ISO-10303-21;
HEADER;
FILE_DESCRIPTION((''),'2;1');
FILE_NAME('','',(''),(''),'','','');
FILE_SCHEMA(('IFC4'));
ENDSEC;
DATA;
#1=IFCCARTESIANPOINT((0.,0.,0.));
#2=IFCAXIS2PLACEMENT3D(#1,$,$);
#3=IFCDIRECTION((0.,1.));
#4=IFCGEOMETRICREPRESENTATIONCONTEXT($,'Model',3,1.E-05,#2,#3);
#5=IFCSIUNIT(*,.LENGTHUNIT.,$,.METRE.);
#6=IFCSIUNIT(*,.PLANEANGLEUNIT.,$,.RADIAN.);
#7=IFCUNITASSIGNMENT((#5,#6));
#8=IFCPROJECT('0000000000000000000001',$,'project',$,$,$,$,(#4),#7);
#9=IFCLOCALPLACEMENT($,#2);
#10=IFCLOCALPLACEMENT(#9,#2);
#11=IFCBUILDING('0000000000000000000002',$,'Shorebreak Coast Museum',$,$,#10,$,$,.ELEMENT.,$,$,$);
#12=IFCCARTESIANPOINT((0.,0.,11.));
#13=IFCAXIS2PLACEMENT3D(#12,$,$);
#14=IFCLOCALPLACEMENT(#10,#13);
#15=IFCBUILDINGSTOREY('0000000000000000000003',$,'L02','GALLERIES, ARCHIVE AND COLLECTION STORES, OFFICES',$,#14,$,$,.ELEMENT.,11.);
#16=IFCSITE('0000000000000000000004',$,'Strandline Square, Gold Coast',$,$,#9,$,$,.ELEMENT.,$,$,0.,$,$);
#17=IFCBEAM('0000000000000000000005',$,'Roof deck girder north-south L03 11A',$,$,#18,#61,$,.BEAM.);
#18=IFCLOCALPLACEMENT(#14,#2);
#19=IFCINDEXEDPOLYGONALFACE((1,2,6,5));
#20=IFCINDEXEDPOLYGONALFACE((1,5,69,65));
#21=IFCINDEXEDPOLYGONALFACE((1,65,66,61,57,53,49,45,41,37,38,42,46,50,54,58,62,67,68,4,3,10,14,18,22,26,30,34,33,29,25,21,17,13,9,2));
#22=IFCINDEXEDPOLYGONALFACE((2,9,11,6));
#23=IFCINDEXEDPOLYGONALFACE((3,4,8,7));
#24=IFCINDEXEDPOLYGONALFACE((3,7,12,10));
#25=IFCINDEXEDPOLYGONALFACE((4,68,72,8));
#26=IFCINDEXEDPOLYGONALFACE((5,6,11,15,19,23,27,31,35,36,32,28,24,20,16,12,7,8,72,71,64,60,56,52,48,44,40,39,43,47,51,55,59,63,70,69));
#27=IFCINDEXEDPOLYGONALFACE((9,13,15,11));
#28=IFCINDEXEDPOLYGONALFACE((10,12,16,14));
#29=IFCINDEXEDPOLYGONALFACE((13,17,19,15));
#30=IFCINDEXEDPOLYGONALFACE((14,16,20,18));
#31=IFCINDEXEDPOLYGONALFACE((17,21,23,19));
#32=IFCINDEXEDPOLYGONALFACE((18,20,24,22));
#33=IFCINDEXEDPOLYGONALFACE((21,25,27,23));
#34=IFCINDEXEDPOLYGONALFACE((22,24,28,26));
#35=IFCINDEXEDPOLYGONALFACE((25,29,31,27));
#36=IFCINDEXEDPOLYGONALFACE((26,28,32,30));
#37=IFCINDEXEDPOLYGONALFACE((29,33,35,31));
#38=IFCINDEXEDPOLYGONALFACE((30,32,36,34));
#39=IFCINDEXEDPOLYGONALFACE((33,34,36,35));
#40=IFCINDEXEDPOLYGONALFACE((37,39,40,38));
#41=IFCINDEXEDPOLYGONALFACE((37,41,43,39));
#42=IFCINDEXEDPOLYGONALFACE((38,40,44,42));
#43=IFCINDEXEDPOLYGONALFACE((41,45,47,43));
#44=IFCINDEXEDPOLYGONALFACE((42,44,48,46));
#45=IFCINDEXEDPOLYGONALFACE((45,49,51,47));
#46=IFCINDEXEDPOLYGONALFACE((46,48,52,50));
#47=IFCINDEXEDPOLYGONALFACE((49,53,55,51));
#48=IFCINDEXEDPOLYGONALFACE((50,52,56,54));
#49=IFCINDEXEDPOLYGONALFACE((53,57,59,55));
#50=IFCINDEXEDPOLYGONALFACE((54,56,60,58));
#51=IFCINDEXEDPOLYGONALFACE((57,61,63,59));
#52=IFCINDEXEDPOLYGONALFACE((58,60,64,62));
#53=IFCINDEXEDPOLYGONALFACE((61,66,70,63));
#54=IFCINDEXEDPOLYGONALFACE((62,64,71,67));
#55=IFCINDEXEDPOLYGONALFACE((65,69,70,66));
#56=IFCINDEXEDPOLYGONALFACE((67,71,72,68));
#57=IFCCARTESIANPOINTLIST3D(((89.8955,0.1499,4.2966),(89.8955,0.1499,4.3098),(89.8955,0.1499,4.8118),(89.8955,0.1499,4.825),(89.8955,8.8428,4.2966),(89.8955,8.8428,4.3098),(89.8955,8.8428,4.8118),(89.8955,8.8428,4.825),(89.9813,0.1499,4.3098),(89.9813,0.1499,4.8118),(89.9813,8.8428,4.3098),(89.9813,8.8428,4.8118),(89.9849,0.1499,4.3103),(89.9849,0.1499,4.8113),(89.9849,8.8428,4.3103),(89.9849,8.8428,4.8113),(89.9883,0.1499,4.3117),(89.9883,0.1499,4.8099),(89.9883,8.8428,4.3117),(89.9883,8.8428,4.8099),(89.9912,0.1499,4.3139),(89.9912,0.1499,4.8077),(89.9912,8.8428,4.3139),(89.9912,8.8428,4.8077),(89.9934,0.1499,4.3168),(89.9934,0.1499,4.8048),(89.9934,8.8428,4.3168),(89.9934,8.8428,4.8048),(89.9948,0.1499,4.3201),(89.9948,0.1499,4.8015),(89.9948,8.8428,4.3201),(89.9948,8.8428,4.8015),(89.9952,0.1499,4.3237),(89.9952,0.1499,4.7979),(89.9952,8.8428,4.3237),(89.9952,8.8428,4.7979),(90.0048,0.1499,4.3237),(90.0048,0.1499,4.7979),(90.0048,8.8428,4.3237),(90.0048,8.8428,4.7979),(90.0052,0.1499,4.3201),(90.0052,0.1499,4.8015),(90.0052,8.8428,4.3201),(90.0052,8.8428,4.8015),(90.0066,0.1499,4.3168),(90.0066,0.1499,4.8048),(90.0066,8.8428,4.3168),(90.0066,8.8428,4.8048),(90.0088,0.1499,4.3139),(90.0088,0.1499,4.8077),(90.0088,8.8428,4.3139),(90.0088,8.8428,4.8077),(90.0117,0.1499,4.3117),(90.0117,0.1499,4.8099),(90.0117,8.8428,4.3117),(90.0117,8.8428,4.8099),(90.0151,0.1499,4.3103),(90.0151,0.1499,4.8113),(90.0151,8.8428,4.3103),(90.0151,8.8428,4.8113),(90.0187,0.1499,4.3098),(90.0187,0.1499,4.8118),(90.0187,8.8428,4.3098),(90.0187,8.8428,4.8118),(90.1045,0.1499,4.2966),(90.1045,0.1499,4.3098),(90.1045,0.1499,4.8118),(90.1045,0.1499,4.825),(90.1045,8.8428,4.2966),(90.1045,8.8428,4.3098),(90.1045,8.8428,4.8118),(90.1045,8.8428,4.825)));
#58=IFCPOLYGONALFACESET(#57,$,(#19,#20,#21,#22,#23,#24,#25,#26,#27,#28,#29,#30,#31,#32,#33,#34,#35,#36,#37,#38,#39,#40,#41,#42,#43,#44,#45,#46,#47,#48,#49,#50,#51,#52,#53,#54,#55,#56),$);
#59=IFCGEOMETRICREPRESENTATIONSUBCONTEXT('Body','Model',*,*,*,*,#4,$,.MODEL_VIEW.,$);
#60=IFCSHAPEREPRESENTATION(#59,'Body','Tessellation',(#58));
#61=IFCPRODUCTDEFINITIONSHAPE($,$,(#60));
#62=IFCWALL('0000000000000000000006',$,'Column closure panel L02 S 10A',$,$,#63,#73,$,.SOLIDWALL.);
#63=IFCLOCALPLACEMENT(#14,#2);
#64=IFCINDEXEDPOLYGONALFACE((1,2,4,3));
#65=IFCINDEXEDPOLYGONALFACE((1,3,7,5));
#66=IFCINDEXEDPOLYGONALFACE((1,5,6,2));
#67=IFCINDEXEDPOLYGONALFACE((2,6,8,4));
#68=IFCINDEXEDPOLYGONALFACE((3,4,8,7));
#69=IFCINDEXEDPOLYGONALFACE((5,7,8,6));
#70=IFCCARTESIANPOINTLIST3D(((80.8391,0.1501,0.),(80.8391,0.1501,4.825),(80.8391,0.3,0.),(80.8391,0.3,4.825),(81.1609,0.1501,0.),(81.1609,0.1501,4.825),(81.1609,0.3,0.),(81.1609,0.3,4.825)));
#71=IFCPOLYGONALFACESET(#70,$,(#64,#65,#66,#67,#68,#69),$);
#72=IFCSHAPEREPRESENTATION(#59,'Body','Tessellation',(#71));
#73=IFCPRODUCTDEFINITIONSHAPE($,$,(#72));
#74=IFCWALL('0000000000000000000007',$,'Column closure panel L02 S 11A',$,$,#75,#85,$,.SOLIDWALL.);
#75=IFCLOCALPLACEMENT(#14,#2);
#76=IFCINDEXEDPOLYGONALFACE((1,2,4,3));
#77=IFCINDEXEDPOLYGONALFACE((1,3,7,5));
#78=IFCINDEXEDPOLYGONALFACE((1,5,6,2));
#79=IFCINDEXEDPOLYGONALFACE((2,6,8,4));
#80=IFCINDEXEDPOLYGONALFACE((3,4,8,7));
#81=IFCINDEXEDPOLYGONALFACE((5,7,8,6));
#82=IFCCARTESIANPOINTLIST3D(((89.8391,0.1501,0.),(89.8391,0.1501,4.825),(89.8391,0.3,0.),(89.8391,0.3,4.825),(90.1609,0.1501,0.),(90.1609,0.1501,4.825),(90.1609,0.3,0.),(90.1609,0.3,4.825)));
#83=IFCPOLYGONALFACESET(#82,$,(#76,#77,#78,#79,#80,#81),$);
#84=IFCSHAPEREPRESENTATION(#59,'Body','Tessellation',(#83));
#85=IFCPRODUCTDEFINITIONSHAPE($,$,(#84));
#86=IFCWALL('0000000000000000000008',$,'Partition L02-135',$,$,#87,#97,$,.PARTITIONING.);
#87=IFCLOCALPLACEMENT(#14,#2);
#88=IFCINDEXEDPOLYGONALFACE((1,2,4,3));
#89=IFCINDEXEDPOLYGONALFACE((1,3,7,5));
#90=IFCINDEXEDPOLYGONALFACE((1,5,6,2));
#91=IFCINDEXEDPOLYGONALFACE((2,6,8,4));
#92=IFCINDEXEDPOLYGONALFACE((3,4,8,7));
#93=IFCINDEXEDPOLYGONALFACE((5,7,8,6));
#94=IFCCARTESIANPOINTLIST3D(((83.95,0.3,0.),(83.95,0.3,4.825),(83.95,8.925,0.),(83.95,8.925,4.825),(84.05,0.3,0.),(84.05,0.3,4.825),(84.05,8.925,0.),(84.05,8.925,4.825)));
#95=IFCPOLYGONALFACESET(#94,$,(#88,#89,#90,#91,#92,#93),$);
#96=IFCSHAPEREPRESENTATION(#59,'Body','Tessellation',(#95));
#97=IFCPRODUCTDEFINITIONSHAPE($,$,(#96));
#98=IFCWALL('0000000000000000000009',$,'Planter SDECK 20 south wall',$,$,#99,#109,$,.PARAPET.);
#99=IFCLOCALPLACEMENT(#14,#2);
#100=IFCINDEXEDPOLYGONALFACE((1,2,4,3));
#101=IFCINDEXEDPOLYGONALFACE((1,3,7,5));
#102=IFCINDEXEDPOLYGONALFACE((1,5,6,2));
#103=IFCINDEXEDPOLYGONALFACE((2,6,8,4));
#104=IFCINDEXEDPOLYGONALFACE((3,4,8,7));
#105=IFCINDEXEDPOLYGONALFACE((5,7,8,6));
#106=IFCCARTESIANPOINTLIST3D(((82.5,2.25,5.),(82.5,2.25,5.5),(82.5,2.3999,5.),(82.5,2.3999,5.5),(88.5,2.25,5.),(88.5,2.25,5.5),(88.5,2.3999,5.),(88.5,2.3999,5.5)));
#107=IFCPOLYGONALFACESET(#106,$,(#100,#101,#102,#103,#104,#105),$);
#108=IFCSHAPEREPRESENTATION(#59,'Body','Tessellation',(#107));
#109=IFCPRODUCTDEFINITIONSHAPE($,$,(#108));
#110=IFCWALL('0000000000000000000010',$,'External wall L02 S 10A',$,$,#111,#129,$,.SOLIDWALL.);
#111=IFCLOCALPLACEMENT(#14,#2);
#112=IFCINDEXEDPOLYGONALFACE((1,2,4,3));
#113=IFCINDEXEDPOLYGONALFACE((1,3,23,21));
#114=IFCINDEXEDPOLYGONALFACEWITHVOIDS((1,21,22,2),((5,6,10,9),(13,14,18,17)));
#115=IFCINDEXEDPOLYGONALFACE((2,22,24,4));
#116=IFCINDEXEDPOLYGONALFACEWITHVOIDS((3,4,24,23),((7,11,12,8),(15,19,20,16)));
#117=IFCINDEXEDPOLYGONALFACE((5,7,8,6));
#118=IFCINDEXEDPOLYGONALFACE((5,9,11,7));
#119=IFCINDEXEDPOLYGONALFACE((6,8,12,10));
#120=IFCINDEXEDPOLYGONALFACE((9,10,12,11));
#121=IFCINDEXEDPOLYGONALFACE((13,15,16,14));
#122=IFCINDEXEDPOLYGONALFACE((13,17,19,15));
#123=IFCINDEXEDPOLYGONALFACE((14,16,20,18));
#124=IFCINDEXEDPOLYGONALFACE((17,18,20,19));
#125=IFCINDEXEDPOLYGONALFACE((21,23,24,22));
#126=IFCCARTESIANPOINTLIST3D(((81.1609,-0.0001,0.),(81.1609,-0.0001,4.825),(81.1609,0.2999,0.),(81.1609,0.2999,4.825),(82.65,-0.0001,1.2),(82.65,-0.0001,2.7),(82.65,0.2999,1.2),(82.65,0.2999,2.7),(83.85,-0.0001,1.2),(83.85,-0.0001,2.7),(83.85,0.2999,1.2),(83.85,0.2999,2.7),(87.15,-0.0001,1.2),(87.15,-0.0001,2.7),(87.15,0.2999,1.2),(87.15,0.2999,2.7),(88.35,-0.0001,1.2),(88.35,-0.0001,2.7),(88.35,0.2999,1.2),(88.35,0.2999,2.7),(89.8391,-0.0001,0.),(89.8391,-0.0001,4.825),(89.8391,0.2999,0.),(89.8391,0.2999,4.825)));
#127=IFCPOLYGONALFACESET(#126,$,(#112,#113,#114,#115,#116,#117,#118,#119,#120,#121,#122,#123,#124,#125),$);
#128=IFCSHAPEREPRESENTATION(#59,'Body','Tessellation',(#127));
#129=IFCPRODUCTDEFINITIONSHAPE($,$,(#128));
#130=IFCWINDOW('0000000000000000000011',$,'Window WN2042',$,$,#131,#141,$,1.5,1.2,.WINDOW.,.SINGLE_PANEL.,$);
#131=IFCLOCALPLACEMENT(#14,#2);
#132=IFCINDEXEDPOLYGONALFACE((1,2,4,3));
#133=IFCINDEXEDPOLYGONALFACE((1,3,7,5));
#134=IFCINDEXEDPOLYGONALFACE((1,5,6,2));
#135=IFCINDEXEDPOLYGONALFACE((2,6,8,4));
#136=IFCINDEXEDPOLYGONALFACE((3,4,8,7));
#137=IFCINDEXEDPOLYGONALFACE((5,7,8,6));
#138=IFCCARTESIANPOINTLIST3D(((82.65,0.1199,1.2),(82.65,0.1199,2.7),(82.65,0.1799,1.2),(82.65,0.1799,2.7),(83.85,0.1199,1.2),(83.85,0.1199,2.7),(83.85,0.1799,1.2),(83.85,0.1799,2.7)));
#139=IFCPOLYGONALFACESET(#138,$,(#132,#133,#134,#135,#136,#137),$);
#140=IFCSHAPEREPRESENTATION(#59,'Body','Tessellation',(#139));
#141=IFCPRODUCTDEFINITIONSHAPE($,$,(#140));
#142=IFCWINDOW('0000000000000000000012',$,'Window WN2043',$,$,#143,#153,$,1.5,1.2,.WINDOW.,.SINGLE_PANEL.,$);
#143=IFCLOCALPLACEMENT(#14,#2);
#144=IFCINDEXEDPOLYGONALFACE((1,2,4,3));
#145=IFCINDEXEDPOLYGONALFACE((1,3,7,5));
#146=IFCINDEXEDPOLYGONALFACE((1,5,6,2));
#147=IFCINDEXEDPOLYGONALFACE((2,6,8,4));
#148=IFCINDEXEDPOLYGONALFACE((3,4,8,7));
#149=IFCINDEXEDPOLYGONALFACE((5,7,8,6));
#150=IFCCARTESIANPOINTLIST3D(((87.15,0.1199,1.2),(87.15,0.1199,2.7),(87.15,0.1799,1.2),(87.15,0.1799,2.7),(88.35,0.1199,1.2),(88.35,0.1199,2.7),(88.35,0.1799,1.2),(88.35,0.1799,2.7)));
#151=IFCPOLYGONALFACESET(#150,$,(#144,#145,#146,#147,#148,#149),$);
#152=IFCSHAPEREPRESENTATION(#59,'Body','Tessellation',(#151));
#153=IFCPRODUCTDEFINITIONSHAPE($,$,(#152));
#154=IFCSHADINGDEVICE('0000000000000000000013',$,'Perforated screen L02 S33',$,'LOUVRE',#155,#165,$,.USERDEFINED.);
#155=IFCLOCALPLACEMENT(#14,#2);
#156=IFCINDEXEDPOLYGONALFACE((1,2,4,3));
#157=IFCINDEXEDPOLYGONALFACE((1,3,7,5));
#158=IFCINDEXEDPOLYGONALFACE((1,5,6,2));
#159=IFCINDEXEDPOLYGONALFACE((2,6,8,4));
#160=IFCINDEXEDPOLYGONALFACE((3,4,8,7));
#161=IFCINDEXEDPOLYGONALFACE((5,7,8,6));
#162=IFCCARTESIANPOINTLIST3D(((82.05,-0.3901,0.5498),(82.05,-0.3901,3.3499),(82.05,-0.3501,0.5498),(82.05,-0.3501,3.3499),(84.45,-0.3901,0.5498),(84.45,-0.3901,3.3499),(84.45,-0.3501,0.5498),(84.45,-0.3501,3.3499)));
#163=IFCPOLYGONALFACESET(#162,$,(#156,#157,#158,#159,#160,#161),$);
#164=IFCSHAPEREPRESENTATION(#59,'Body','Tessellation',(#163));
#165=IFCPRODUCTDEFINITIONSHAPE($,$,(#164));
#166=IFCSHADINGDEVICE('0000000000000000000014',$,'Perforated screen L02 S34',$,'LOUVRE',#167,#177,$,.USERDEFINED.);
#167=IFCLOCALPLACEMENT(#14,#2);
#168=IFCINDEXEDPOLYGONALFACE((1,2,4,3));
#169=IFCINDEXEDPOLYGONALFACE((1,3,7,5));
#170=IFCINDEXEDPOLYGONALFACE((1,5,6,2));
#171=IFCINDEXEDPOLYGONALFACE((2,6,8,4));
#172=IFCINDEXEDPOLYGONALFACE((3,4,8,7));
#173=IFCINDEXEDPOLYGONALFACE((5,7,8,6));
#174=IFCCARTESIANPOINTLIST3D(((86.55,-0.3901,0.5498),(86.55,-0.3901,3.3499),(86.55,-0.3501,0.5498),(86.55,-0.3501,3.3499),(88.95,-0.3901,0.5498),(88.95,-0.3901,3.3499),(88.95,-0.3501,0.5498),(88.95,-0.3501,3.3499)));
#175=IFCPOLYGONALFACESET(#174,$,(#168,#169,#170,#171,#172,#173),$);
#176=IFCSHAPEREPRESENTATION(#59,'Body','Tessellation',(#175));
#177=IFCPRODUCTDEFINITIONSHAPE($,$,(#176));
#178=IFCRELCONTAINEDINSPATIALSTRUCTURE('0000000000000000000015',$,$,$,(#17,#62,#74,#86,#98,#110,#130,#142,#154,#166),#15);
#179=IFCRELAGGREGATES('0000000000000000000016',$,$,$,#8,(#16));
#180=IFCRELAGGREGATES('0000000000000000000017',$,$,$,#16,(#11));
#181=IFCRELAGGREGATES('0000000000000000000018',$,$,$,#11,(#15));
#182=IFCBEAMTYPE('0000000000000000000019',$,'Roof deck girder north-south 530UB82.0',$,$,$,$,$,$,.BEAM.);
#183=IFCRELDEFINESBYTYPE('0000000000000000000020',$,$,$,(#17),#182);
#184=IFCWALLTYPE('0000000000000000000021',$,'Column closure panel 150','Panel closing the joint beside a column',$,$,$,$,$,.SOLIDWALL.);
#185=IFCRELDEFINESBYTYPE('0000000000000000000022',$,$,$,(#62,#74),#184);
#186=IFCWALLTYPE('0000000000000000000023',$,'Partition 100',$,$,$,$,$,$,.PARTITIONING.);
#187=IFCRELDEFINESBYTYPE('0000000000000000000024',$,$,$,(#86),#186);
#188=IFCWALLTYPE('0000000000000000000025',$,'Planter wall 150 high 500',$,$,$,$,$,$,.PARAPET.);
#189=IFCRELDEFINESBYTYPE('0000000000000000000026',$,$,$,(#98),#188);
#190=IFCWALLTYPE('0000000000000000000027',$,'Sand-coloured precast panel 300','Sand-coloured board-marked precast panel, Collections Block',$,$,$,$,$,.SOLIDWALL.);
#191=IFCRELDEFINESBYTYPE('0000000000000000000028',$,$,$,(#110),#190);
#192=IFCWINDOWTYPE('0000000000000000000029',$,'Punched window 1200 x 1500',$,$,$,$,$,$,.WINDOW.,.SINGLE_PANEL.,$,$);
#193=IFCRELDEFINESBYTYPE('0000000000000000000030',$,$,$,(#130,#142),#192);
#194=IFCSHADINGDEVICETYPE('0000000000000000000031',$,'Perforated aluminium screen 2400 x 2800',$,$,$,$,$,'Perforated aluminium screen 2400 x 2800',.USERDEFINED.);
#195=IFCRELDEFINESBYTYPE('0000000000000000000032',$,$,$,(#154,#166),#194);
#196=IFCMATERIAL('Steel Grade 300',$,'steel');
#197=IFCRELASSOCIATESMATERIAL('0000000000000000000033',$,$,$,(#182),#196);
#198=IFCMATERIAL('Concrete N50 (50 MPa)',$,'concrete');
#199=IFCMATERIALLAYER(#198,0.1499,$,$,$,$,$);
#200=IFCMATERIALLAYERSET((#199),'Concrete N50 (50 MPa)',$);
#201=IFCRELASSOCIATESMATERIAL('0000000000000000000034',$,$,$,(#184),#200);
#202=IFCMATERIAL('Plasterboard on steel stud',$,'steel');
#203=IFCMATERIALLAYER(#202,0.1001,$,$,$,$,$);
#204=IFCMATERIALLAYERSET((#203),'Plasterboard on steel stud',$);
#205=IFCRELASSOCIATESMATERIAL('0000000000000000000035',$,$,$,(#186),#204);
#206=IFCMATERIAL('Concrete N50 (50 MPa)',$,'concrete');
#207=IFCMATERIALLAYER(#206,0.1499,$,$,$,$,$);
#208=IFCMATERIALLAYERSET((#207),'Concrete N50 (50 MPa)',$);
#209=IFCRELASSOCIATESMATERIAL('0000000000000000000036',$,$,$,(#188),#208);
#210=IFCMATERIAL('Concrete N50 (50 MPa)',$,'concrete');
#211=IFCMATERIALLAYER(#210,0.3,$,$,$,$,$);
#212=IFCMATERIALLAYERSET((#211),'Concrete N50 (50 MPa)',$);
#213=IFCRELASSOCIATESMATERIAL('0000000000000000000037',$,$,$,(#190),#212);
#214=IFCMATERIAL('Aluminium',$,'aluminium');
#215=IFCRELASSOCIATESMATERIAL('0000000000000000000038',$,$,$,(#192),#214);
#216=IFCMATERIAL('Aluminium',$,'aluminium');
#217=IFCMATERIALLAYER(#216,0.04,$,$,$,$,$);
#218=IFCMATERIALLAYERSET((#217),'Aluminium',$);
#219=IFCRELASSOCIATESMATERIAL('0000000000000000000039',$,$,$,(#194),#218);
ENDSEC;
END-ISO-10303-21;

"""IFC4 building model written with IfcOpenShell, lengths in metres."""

from ifc_helpers import new_model, si_unit, direction, frame, frame_2d, origin, origin_2d, place, context, subcontext, project, spatial, rectangle, i_section, extrude, material, layer, layer_set, material_profile, profile_set, type_object, element, fill, save


model = new_model("IFC4")

# Units and contexts
model_context = context("Model", 3, precision=1e-05, world=origin(), true_north=direction((0.0, 1.0)))
body_context = subcontext(model_context, "Body", "Model", "MODEL_VIEW")
ifc_project = project(units=[si_unit("LENGTHUNIT", "METRE"), si_unit("PLANEANGLEUNIT", "RADIAN")], contexts=[model_context])

# Site, building, storey
site_placement = place(None, origin())
site = spatial("IfcSite", under=ifc_project, at=site_placement, Name="Strandline Square, Gold Coast", CompositionType="ELEMENT", RefElevation=0.0)
building_placement = place(site_placement, origin())
building = spatial("IfcBuilding", under=site, at=building_placement, Name="Shorebreak Coast Museum", CompositionType="ELEMENT")
storey_placement = place(building_placement, frame((0.0, 0.0, 11.0)))
storey = spatial("IfcBuildingStorey", under=building, at=storey_placement, Name="L02", Description="GALLERIES, ARCHIVE AND COLLECTION STORES, OFFICES", CompositionType="ELEMENT", Elevation=11.0)

# Beam
ifc_material_1 = material(Name="Steel Grade 300", Category="steel")
ifc_material_profile_1 = material_profile(ifc_material_1, i_section(OverallWidth=0.209, OverallDepth=0.5283, WebThickness=0.0095, FlangeThickness=0.0132, FilletRadius=0.0139, at=origin_2d()), Name="530UB82.0")
ifc_profile_set_1 = profile_set([ifc_material_profile_1], Name="Steel Grade 300")
beam_type_1 = type_object("IfcBeamType", Name="Roof deck girder north-south 530UB82.0", PredefinedType="BEAM", material=ifc_profile_set_1)
for number, where, z_axis, x_axis, name in (
    (1, (90.0, 0.1499, 4.5608), (0.0, 1.0, 0.0), (-1.0, 0.0, 0.0), "Roof deck girder north-south L03 11A"),
):
    element("IfcBeam", number, at=place(storey_placement, frame(where, z_axis=z_axis, x_axis=x_axis)), inside=storey, type_object=beam_type_1, Name=name, PredefinedType="BEAM", context=body_context, shape_type="SweptSolid", body=[
        extrude(i_section(OverallWidth=0.209, OverallDepth=0.5283, WebThickness=0.0095, FlangeThickness=0.0132, FilletRadius=0.0139, at=origin_2d()), origin(), (0.0, 0.0, 1.0), 8.6929),
    ])

# Walls
ifc_material_2 = material(Name="Concrete N50 (50 MPa)", Category="concrete")
ifc_layer_1 = layer(ifc_material_2, 0.1499)
ifc_layer_set_1 = layer_set([ifc_layer_1], Name="Concrete N50 (50 MPa)")
wall_type_1 = type_object("IfcWallType", Name="Column closure panel 150", Description="Panel closing the joint beside a column", PredefinedType="SOLIDWALL", material=ifc_layer_set_1)
for number, where, z_axis, x_axis, name in (
    (2, (80.8391, 0.2251, 0.0), (0.0, 0.0, 1.0), (1.0, 0.0, 0.0), "Column closure panel L02 S 10A"),
    (3, (89.8391, 0.2251, 0.0), (0.0, 0.0, 1.0), (1.0, 0.0, 0.0), "Column closure panel L02 S 11A"),
):
    element("IfcWall", number, at=place(storey_placement, frame(where, z_axis=z_axis, x_axis=x_axis)), inside=storey, type_object=wall_type_1, Name=name, PredefinedType="SOLIDWALL", context=body_context, shape_type="SweptSolid", body=[
        extrude(rectangle(XDim=0.3218, YDim=0.1499, at=frame_2d((0.1609, 0.0))), origin(), (0.0, 0.0, 1.0), 4.825),
    ])
ifc_material_3 = material(Name="Plasterboard on steel stud", Category="steel")
ifc_layer_2 = layer(ifc_material_3, 0.1001)
ifc_layer_set_2 = layer_set([ifc_layer_2], Name="Plasterboard on steel stud")
wall_type_2 = type_object("IfcWallType", Name="Partition 100", PredefinedType="PARTITIONING", material=ifc_layer_set_2)
wall_1_placement = place(storey_placement, frame((84.0, 0.3, 0.0), z_axis=(0.0, 0.0, 1.0), x_axis=(0.0, 1.0, 0.0)))
element("IfcWall", 4, at=wall_1_placement, inside=storey, type_object=wall_type_2, Name="Partition L02-135", PredefinedType="PARTITIONING", context=body_context, shape_type="SweptSolid", body=[
    extrude(rectangle(XDim=8.625, YDim=0.1001, at=frame_2d((4.3125, 0.0))), origin(), (0.0, 0.0, 1.0), 4.825),
])
ifc_material_4 = material(Name="Concrete N50 (50 MPa)", Category="concrete")
ifc_layer_3 = layer(ifc_material_4, 0.1499)
ifc_layer_set_3 = layer_set([ifc_layer_3], Name="Concrete N50 (50 MPa)")
wall_type_3 = type_object("IfcWallType", Name="Planter wall 150 high 500", PredefinedType="PARAPET", material=ifc_layer_set_3)
wall_2_placement = place(storey_placement, frame((82.5, 2.325, 5.0), z_axis=(0.0, 0.0, 1.0), x_axis=(1.0, 0.0, 0.0)))
element("IfcWall", 5, at=wall_2_placement, inside=storey, type_object=wall_type_3, Name="Planter SDECK 20 south wall", PredefinedType="PARAPET", context=body_context, shape_type="SweptSolid", body=[
    extrude(rectangle(XDim=6.0, YDim=0.1499, at=frame_2d((3.0, 0.0))), origin(), (0.0, 0.0, 1.0), 0.5),
])

# Wall, openings, windows
ifc_material_5 = material(Name="Concrete N50 (50 MPa)", Category="concrete")
ifc_layer_4 = layer(ifc_material_5, 0.3)
ifc_layer_set_4 = layer_set([ifc_layer_4], Name="Concrete N50 (50 MPa)")
wall_type_4 = type_object("IfcWallType", Name="Sand-coloured precast panel 300", Description="Sand-coloured board-marked precast panel, Collections Block", PredefinedType="SOLIDWALL", material=ifc_layer_set_4)
wall_3_placement = place(storey_placement, frame((81.1609, 0.1499, 0.0), z_axis=(0.0, 0.0, 1.0), x_axis=(1.0, 0.0, 0.0)))
wall_3 = element("IfcWall", 6, at=wall_3_placement, inside=storey, type_object=wall_type_4, Name="External wall L02 S 10A", PredefinedType="SOLIDWALL", context=body_context, shape_type="SweptSolid", body=[
    extrude(rectangle(XDim=8.6782, YDim=0.3, at=frame_2d((4.3391, 0.0))), origin(), (0.0, 0.0, 1.0), 4.825),
])
opening_1_placement = place(wall_3_placement, frame((1.489, 0.0, 1.2)))
opening_1 = element("IfcOpeningElement", 7, at=opening_1_placement, cuts=wall_3, PredefinedType="OPENING", context=body_context, shape_type="SweptSolid", body=[
    extrude(rectangle(XDim=1.2, YDim=1.5, at=frame_2d((0.6001, 0.75))), frame((0.0, 0.1599, 0.0), z_axis=(0.0, -1.0, 0.0), x_axis=(1.0, 0.0, 0.0)), (0.0, 0.0, 1.0), 0.3201),
])
opening_2_placement = place(wall_3_placement, frame((5.989, 0.0, 1.2)))
opening_2 = element("IfcOpeningElement", 8, at=opening_2_placement, cuts=wall_3, PredefinedType="OPENING", context=body_context, shape_type="SweptSolid", body=[
    extrude(rectangle(XDim=1.2, YDim=1.5, at=frame_2d((0.6001, 0.75))), frame((0.0, 0.1599, 0.0), z_axis=(0.0, -1.0, 0.0), x_axis=(1.0, 0.0, 0.0)), (0.0, 0.0, 1.0), 0.3201),
])
ifc_material_6 = material(Name="Aluminium", Category="aluminium")
window_type = type_object("IfcWindowType", Name="Punched window 1200 x 1500", PartitioningType="SINGLE_PANEL", PredefinedType="WINDOW", material=ifc_material_6)
window_1_placement = place(opening_1_placement, origin())
window_1 = element("IfcWindow", 9, at=window_1_placement, inside=storey, type_object=window_type, Name="Window WN2042", OverallHeight=1.5, OverallWidth=1.2, PartitioningType="SINGLE_PANEL", PredefinedType="WINDOW", context=body_context, shape_type="SweptSolid", body=[
    extrude(rectangle(XDim=1.2, YDim=1.5, at=frame_2d((0.6001, 0.75))), frame((0.0, 0.03, 0.0), z_axis=(0.0, -1.0, 0.0), x_axis=(1.0, 0.0, 0.0)), (0.0, 0.0, 1.0), 0.0601),
])
fill(opening_1, window_1)
window_2_placement = place(opening_2_placement, origin())
window_2 = element("IfcWindow", 10, at=window_2_placement, inside=storey, type_object=window_type, Name="Window WN2043", OverallHeight=1.5, OverallWidth=1.2, PartitioningType="SINGLE_PANEL", PredefinedType="WINDOW", context=body_context, shape_type="SweptSolid", body=[
    extrude(rectangle(XDim=1.2, YDim=1.5, at=frame_2d((0.6001, 0.75))), frame((0.0, 0.03, 0.0), z_axis=(0.0, -1.0, 0.0), x_axis=(1.0, 0.0, 0.0)), (0.0, 0.0, 1.0), 0.0601),
])
fill(opening_2, window_2)

# Shading devices
ifc_material_7 = material(Name="Aluminium", Category="aluminium")
ifc_layer_5 = layer(ifc_material_7, 0.04)
ifc_layer_set_5 = layer_set([ifc_layer_5], Name="Aluminium")
shading_device_type = type_object("IfcShadingDeviceType", Name="Perforated aluminium screen 2400 x 2800", ElementType="Perforated aluminium screen 2400 x 2800", PredefinedType="USERDEFINED", material=ifc_layer_set_5)
for number, where, z_axis, x_axis, name in (
    (11, (83.25, -0.3701, 0.5498), (0.0, 0.0, 1.0), (1.0, 0.0, 0.0), "Perforated screen L02 S33"),
    (12, (87.75, -0.3701, 0.5498), (0.0, 0.0, 1.0), (1.0, 0.0, 0.0), "Perforated screen L02 S34"),
):
    element("IfcShadingDevice", number, at=place(storey_placement, frame(where, z_axis=z_axis, x_axis=x_axis)), inside=storey, type_object=shading_device_type, Name=name, ObjectType="LOUVRE", PredefinedType="USERDEFINED", context=body_context, shape_type="SweptSolid", body=[
        extrude(rectangle(XDim=2.3999, YDim=0.04, at=origin_2d()), origin(), (0.0, 0.0, 1.0), 2.8),
    ])

save(model, "model.ifc")
